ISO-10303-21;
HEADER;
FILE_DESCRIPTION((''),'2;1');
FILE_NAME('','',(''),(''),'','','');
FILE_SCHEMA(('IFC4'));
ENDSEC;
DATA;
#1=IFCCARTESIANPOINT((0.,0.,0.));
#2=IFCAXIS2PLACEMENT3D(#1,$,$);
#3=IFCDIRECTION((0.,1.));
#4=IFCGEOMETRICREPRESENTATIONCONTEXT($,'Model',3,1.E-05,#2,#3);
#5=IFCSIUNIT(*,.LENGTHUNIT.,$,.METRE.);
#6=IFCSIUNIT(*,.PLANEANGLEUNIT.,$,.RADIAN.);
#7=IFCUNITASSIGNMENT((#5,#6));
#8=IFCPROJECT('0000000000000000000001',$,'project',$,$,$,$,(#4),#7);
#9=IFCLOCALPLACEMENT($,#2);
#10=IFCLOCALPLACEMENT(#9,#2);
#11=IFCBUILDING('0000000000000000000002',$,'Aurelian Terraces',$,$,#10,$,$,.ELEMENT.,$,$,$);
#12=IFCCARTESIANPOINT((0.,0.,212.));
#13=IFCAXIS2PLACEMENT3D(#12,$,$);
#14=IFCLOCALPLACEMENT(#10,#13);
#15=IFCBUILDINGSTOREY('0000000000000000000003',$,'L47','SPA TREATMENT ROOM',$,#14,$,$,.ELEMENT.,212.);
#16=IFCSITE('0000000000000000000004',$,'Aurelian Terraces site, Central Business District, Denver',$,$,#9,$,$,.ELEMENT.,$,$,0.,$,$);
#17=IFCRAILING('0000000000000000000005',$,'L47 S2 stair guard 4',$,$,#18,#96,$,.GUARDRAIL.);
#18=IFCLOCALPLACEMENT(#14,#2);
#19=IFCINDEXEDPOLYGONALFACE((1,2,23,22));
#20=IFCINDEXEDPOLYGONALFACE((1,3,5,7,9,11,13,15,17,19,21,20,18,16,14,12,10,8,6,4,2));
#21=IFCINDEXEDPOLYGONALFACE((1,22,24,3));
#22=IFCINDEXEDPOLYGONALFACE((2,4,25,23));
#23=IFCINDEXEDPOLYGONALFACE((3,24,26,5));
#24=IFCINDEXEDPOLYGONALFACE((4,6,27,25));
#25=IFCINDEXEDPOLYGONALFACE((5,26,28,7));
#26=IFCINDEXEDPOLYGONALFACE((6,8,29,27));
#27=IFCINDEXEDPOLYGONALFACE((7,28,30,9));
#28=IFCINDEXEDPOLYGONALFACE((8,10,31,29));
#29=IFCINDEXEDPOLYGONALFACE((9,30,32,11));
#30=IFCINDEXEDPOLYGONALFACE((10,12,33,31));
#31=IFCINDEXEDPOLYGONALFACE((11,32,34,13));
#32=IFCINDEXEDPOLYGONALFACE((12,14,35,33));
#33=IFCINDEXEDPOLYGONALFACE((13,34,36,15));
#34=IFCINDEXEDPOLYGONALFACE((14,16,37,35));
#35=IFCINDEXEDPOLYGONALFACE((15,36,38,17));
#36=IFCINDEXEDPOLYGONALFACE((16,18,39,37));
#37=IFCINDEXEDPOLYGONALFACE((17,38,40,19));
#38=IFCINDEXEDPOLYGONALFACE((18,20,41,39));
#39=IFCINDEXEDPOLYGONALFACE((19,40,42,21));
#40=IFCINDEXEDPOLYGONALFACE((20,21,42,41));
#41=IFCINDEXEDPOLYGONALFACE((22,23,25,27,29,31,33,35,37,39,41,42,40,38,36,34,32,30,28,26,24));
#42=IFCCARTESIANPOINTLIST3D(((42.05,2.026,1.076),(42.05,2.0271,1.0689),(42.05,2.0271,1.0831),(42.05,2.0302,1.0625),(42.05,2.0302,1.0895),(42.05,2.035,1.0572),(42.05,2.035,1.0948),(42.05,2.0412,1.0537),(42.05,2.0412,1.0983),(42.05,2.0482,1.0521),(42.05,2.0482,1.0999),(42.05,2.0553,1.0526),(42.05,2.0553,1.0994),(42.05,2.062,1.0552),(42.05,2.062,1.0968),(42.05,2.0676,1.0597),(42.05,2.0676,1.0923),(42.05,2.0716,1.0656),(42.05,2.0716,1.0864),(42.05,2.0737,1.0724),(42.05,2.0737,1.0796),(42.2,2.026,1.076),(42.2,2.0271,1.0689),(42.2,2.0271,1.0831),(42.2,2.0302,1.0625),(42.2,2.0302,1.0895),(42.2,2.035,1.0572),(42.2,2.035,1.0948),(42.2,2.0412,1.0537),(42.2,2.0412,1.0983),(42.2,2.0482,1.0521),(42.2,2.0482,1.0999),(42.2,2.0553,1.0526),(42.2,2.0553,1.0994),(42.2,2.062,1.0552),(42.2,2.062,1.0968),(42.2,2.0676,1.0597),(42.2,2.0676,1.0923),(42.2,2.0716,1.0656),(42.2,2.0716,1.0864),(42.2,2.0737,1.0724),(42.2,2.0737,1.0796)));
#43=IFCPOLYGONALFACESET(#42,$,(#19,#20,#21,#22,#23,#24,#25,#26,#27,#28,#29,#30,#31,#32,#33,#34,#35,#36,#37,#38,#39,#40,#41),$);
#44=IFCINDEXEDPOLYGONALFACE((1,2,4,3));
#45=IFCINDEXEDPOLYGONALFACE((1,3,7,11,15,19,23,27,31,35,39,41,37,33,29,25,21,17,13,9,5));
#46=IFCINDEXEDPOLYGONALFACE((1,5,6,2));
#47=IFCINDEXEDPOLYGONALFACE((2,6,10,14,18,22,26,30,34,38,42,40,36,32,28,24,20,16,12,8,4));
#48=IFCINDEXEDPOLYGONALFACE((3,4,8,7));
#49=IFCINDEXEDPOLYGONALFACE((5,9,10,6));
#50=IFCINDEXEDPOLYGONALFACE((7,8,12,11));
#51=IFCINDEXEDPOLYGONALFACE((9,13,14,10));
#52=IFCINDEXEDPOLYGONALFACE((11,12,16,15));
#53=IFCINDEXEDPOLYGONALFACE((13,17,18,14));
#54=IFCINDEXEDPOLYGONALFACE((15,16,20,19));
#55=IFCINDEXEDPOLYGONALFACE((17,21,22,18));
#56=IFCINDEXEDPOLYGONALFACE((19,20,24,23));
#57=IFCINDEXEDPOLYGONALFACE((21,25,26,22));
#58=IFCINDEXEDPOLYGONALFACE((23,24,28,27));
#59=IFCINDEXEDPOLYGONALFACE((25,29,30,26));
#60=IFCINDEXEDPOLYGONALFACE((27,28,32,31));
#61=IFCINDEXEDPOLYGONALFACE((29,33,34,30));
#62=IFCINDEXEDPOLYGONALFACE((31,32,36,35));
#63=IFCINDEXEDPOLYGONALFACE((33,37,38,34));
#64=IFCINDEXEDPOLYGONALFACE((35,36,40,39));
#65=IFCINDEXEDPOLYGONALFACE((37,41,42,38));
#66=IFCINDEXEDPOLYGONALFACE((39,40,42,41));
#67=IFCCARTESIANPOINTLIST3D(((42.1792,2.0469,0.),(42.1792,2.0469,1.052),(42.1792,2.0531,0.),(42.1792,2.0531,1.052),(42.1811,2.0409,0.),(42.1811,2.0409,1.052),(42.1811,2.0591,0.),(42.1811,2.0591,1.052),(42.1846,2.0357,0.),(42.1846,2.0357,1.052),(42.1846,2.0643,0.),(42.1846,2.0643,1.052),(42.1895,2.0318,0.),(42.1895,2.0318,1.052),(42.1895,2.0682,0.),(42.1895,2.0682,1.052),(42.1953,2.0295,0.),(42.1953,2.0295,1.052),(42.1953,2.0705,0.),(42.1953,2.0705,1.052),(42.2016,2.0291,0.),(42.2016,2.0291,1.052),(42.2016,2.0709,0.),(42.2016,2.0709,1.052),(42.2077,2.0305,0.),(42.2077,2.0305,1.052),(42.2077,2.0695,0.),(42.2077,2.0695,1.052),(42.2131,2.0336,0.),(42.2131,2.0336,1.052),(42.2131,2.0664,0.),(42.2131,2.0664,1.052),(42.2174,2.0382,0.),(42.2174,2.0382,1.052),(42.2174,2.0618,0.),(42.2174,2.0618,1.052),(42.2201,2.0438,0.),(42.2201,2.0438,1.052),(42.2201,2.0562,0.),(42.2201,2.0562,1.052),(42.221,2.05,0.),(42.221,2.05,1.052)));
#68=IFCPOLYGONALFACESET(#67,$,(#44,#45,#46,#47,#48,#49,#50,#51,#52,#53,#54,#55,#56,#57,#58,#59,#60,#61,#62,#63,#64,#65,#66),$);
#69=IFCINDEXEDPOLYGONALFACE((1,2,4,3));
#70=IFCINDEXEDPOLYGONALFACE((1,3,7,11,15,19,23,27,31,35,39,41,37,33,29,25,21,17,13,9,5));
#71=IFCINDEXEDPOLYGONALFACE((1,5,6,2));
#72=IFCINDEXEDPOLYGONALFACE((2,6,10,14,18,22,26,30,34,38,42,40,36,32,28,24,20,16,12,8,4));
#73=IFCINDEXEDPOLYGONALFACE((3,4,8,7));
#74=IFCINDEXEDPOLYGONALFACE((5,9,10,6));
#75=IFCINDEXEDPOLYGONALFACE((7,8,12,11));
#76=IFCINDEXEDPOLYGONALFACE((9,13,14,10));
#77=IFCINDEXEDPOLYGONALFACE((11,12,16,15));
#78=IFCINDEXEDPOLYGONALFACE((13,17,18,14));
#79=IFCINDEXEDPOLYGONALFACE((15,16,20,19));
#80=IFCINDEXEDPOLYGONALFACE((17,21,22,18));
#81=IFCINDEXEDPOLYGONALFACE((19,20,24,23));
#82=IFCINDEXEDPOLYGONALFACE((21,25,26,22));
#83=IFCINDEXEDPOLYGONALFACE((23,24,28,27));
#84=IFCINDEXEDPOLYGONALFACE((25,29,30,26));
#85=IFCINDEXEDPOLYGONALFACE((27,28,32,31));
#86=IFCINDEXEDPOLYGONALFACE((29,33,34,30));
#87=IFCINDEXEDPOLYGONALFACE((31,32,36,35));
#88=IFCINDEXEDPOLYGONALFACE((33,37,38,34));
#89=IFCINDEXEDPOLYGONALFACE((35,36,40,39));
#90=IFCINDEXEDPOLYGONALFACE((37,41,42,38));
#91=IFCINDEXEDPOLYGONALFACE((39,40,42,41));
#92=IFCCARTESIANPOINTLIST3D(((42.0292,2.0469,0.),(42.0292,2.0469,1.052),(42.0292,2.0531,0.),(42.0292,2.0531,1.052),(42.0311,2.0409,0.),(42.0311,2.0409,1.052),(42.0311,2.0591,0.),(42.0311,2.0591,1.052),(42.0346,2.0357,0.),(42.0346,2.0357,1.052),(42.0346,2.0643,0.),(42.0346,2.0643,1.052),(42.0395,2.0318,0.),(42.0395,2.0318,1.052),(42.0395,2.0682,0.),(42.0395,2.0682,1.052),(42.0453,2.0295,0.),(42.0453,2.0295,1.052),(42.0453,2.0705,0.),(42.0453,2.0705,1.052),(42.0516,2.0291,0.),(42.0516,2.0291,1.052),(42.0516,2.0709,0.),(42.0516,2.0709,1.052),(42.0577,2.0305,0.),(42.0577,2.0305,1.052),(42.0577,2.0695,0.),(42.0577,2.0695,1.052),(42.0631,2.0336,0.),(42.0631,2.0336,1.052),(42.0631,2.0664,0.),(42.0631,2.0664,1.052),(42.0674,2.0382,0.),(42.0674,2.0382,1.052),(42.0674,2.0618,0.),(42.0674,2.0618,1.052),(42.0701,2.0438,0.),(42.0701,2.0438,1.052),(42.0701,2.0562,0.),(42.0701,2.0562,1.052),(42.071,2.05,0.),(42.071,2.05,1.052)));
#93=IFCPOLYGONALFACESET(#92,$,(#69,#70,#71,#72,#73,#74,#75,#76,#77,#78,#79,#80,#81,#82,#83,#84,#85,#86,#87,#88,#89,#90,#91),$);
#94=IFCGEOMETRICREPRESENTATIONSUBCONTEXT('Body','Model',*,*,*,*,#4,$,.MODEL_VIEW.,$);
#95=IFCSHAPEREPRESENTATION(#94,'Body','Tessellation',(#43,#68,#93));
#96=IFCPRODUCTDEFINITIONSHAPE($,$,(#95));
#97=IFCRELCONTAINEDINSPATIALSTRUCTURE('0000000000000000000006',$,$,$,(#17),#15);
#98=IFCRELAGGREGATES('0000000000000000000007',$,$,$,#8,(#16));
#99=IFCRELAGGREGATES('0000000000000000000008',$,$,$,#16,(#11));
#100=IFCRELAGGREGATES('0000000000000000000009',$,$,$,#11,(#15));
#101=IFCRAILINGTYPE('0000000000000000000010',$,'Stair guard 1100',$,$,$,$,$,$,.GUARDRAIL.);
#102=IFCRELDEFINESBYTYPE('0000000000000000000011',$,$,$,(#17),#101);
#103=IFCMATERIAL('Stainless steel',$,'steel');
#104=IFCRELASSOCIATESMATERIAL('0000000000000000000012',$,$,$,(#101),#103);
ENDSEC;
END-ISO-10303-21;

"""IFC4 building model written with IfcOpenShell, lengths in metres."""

from ifc_helpers import new_model, si_unit, direction, frame, origin, origin_2d, place, context, subcontext, project, spatial, circle, extrude, source, transform, mapped, material, type_object, element, save


model = new_model("IFC4")

# Units and contexts
model_context = context("Model", 3, precision=1e-05, world=origin(), true_north=direction((0.0, 1.0)))
body_context = subcontext(model_context, "Body", "Model", "MODEL_VIEW")
ifc_project = project(units=[si_unit("LENGTHUNIT", "METRE"), si_unit("PLANEANGLEUNIT", "RADIAN")], contexts=[model_context])

# Site, building, storey
site_placement = place(None, origin())
site = spatial("IfcSite", under=ifc_project, at=site_placement, Name="Aurelian Terraces site, Central Business District, Denver", CompositionType="ELEMENT", RefElevation=0.0)
building_placement = place(site_placement, origin())
building = spatial("IfcBuilding", under=site, at=building_placement, Name="Aurelian Terraces", CompositionType="ELEMENT")
storey_placement = place(building_placement, frame((0.0, 0.0, 212.0)))
storey = spatial("IfcBuildingStorey", under=building, at=storey_placement, Name="L47", Description="SPA TREATMENT ROOM", CompositionType="ELEMENT", Elevation=212.0)

# Railing
ifc_material_1 = material(Name="Stainless steel", Category="steel")
railing_type_1 = type_object("IfcRailingType", Name="Stair guard 1100", PredefinedType="GUARDRAIL", material=ifc_material_1)
shared_shape_1 = source(origin(), body_context, "Body", "SweptSolid", [
    extrude(circle(Radius=0.024, at=origin_2d()), frame((0.0, 0.0, 1.076), z_axis=(-1.0, 0.0, 0.0), x_axis=(0.0, -1.0, 0.0)), (0.0, 0.0, 1.0), 0.15),
    extrude(circle(Radius=0.021, at=origin_2d()), origin(), (0.0, 0.0, 1.0), 1.052),
    extrude(circle(Radius=0.021, at=origin_2d()), frame((-0.15, 0.0, 0.0)), (0.0, 0.0, 1.0), 1.052),
])
for number, where, name in (
    (1, (42.2, 2.05, 0.0), "L47 S2 stair guard 4"),
):
    element("IfcRailing", number, at=place(storey_placement, frame(where)), inside=storey, type_object=railing_type_1, Name=name, PredefinedType="GUARDRAIL", context=body_context, shape_type="MappedRepresentation", body=[
        mapped(shared_shape_1, transform((0.0, 0.0, 0.0), scale=1.0)),
    ])

save(model, "model.ifc")
